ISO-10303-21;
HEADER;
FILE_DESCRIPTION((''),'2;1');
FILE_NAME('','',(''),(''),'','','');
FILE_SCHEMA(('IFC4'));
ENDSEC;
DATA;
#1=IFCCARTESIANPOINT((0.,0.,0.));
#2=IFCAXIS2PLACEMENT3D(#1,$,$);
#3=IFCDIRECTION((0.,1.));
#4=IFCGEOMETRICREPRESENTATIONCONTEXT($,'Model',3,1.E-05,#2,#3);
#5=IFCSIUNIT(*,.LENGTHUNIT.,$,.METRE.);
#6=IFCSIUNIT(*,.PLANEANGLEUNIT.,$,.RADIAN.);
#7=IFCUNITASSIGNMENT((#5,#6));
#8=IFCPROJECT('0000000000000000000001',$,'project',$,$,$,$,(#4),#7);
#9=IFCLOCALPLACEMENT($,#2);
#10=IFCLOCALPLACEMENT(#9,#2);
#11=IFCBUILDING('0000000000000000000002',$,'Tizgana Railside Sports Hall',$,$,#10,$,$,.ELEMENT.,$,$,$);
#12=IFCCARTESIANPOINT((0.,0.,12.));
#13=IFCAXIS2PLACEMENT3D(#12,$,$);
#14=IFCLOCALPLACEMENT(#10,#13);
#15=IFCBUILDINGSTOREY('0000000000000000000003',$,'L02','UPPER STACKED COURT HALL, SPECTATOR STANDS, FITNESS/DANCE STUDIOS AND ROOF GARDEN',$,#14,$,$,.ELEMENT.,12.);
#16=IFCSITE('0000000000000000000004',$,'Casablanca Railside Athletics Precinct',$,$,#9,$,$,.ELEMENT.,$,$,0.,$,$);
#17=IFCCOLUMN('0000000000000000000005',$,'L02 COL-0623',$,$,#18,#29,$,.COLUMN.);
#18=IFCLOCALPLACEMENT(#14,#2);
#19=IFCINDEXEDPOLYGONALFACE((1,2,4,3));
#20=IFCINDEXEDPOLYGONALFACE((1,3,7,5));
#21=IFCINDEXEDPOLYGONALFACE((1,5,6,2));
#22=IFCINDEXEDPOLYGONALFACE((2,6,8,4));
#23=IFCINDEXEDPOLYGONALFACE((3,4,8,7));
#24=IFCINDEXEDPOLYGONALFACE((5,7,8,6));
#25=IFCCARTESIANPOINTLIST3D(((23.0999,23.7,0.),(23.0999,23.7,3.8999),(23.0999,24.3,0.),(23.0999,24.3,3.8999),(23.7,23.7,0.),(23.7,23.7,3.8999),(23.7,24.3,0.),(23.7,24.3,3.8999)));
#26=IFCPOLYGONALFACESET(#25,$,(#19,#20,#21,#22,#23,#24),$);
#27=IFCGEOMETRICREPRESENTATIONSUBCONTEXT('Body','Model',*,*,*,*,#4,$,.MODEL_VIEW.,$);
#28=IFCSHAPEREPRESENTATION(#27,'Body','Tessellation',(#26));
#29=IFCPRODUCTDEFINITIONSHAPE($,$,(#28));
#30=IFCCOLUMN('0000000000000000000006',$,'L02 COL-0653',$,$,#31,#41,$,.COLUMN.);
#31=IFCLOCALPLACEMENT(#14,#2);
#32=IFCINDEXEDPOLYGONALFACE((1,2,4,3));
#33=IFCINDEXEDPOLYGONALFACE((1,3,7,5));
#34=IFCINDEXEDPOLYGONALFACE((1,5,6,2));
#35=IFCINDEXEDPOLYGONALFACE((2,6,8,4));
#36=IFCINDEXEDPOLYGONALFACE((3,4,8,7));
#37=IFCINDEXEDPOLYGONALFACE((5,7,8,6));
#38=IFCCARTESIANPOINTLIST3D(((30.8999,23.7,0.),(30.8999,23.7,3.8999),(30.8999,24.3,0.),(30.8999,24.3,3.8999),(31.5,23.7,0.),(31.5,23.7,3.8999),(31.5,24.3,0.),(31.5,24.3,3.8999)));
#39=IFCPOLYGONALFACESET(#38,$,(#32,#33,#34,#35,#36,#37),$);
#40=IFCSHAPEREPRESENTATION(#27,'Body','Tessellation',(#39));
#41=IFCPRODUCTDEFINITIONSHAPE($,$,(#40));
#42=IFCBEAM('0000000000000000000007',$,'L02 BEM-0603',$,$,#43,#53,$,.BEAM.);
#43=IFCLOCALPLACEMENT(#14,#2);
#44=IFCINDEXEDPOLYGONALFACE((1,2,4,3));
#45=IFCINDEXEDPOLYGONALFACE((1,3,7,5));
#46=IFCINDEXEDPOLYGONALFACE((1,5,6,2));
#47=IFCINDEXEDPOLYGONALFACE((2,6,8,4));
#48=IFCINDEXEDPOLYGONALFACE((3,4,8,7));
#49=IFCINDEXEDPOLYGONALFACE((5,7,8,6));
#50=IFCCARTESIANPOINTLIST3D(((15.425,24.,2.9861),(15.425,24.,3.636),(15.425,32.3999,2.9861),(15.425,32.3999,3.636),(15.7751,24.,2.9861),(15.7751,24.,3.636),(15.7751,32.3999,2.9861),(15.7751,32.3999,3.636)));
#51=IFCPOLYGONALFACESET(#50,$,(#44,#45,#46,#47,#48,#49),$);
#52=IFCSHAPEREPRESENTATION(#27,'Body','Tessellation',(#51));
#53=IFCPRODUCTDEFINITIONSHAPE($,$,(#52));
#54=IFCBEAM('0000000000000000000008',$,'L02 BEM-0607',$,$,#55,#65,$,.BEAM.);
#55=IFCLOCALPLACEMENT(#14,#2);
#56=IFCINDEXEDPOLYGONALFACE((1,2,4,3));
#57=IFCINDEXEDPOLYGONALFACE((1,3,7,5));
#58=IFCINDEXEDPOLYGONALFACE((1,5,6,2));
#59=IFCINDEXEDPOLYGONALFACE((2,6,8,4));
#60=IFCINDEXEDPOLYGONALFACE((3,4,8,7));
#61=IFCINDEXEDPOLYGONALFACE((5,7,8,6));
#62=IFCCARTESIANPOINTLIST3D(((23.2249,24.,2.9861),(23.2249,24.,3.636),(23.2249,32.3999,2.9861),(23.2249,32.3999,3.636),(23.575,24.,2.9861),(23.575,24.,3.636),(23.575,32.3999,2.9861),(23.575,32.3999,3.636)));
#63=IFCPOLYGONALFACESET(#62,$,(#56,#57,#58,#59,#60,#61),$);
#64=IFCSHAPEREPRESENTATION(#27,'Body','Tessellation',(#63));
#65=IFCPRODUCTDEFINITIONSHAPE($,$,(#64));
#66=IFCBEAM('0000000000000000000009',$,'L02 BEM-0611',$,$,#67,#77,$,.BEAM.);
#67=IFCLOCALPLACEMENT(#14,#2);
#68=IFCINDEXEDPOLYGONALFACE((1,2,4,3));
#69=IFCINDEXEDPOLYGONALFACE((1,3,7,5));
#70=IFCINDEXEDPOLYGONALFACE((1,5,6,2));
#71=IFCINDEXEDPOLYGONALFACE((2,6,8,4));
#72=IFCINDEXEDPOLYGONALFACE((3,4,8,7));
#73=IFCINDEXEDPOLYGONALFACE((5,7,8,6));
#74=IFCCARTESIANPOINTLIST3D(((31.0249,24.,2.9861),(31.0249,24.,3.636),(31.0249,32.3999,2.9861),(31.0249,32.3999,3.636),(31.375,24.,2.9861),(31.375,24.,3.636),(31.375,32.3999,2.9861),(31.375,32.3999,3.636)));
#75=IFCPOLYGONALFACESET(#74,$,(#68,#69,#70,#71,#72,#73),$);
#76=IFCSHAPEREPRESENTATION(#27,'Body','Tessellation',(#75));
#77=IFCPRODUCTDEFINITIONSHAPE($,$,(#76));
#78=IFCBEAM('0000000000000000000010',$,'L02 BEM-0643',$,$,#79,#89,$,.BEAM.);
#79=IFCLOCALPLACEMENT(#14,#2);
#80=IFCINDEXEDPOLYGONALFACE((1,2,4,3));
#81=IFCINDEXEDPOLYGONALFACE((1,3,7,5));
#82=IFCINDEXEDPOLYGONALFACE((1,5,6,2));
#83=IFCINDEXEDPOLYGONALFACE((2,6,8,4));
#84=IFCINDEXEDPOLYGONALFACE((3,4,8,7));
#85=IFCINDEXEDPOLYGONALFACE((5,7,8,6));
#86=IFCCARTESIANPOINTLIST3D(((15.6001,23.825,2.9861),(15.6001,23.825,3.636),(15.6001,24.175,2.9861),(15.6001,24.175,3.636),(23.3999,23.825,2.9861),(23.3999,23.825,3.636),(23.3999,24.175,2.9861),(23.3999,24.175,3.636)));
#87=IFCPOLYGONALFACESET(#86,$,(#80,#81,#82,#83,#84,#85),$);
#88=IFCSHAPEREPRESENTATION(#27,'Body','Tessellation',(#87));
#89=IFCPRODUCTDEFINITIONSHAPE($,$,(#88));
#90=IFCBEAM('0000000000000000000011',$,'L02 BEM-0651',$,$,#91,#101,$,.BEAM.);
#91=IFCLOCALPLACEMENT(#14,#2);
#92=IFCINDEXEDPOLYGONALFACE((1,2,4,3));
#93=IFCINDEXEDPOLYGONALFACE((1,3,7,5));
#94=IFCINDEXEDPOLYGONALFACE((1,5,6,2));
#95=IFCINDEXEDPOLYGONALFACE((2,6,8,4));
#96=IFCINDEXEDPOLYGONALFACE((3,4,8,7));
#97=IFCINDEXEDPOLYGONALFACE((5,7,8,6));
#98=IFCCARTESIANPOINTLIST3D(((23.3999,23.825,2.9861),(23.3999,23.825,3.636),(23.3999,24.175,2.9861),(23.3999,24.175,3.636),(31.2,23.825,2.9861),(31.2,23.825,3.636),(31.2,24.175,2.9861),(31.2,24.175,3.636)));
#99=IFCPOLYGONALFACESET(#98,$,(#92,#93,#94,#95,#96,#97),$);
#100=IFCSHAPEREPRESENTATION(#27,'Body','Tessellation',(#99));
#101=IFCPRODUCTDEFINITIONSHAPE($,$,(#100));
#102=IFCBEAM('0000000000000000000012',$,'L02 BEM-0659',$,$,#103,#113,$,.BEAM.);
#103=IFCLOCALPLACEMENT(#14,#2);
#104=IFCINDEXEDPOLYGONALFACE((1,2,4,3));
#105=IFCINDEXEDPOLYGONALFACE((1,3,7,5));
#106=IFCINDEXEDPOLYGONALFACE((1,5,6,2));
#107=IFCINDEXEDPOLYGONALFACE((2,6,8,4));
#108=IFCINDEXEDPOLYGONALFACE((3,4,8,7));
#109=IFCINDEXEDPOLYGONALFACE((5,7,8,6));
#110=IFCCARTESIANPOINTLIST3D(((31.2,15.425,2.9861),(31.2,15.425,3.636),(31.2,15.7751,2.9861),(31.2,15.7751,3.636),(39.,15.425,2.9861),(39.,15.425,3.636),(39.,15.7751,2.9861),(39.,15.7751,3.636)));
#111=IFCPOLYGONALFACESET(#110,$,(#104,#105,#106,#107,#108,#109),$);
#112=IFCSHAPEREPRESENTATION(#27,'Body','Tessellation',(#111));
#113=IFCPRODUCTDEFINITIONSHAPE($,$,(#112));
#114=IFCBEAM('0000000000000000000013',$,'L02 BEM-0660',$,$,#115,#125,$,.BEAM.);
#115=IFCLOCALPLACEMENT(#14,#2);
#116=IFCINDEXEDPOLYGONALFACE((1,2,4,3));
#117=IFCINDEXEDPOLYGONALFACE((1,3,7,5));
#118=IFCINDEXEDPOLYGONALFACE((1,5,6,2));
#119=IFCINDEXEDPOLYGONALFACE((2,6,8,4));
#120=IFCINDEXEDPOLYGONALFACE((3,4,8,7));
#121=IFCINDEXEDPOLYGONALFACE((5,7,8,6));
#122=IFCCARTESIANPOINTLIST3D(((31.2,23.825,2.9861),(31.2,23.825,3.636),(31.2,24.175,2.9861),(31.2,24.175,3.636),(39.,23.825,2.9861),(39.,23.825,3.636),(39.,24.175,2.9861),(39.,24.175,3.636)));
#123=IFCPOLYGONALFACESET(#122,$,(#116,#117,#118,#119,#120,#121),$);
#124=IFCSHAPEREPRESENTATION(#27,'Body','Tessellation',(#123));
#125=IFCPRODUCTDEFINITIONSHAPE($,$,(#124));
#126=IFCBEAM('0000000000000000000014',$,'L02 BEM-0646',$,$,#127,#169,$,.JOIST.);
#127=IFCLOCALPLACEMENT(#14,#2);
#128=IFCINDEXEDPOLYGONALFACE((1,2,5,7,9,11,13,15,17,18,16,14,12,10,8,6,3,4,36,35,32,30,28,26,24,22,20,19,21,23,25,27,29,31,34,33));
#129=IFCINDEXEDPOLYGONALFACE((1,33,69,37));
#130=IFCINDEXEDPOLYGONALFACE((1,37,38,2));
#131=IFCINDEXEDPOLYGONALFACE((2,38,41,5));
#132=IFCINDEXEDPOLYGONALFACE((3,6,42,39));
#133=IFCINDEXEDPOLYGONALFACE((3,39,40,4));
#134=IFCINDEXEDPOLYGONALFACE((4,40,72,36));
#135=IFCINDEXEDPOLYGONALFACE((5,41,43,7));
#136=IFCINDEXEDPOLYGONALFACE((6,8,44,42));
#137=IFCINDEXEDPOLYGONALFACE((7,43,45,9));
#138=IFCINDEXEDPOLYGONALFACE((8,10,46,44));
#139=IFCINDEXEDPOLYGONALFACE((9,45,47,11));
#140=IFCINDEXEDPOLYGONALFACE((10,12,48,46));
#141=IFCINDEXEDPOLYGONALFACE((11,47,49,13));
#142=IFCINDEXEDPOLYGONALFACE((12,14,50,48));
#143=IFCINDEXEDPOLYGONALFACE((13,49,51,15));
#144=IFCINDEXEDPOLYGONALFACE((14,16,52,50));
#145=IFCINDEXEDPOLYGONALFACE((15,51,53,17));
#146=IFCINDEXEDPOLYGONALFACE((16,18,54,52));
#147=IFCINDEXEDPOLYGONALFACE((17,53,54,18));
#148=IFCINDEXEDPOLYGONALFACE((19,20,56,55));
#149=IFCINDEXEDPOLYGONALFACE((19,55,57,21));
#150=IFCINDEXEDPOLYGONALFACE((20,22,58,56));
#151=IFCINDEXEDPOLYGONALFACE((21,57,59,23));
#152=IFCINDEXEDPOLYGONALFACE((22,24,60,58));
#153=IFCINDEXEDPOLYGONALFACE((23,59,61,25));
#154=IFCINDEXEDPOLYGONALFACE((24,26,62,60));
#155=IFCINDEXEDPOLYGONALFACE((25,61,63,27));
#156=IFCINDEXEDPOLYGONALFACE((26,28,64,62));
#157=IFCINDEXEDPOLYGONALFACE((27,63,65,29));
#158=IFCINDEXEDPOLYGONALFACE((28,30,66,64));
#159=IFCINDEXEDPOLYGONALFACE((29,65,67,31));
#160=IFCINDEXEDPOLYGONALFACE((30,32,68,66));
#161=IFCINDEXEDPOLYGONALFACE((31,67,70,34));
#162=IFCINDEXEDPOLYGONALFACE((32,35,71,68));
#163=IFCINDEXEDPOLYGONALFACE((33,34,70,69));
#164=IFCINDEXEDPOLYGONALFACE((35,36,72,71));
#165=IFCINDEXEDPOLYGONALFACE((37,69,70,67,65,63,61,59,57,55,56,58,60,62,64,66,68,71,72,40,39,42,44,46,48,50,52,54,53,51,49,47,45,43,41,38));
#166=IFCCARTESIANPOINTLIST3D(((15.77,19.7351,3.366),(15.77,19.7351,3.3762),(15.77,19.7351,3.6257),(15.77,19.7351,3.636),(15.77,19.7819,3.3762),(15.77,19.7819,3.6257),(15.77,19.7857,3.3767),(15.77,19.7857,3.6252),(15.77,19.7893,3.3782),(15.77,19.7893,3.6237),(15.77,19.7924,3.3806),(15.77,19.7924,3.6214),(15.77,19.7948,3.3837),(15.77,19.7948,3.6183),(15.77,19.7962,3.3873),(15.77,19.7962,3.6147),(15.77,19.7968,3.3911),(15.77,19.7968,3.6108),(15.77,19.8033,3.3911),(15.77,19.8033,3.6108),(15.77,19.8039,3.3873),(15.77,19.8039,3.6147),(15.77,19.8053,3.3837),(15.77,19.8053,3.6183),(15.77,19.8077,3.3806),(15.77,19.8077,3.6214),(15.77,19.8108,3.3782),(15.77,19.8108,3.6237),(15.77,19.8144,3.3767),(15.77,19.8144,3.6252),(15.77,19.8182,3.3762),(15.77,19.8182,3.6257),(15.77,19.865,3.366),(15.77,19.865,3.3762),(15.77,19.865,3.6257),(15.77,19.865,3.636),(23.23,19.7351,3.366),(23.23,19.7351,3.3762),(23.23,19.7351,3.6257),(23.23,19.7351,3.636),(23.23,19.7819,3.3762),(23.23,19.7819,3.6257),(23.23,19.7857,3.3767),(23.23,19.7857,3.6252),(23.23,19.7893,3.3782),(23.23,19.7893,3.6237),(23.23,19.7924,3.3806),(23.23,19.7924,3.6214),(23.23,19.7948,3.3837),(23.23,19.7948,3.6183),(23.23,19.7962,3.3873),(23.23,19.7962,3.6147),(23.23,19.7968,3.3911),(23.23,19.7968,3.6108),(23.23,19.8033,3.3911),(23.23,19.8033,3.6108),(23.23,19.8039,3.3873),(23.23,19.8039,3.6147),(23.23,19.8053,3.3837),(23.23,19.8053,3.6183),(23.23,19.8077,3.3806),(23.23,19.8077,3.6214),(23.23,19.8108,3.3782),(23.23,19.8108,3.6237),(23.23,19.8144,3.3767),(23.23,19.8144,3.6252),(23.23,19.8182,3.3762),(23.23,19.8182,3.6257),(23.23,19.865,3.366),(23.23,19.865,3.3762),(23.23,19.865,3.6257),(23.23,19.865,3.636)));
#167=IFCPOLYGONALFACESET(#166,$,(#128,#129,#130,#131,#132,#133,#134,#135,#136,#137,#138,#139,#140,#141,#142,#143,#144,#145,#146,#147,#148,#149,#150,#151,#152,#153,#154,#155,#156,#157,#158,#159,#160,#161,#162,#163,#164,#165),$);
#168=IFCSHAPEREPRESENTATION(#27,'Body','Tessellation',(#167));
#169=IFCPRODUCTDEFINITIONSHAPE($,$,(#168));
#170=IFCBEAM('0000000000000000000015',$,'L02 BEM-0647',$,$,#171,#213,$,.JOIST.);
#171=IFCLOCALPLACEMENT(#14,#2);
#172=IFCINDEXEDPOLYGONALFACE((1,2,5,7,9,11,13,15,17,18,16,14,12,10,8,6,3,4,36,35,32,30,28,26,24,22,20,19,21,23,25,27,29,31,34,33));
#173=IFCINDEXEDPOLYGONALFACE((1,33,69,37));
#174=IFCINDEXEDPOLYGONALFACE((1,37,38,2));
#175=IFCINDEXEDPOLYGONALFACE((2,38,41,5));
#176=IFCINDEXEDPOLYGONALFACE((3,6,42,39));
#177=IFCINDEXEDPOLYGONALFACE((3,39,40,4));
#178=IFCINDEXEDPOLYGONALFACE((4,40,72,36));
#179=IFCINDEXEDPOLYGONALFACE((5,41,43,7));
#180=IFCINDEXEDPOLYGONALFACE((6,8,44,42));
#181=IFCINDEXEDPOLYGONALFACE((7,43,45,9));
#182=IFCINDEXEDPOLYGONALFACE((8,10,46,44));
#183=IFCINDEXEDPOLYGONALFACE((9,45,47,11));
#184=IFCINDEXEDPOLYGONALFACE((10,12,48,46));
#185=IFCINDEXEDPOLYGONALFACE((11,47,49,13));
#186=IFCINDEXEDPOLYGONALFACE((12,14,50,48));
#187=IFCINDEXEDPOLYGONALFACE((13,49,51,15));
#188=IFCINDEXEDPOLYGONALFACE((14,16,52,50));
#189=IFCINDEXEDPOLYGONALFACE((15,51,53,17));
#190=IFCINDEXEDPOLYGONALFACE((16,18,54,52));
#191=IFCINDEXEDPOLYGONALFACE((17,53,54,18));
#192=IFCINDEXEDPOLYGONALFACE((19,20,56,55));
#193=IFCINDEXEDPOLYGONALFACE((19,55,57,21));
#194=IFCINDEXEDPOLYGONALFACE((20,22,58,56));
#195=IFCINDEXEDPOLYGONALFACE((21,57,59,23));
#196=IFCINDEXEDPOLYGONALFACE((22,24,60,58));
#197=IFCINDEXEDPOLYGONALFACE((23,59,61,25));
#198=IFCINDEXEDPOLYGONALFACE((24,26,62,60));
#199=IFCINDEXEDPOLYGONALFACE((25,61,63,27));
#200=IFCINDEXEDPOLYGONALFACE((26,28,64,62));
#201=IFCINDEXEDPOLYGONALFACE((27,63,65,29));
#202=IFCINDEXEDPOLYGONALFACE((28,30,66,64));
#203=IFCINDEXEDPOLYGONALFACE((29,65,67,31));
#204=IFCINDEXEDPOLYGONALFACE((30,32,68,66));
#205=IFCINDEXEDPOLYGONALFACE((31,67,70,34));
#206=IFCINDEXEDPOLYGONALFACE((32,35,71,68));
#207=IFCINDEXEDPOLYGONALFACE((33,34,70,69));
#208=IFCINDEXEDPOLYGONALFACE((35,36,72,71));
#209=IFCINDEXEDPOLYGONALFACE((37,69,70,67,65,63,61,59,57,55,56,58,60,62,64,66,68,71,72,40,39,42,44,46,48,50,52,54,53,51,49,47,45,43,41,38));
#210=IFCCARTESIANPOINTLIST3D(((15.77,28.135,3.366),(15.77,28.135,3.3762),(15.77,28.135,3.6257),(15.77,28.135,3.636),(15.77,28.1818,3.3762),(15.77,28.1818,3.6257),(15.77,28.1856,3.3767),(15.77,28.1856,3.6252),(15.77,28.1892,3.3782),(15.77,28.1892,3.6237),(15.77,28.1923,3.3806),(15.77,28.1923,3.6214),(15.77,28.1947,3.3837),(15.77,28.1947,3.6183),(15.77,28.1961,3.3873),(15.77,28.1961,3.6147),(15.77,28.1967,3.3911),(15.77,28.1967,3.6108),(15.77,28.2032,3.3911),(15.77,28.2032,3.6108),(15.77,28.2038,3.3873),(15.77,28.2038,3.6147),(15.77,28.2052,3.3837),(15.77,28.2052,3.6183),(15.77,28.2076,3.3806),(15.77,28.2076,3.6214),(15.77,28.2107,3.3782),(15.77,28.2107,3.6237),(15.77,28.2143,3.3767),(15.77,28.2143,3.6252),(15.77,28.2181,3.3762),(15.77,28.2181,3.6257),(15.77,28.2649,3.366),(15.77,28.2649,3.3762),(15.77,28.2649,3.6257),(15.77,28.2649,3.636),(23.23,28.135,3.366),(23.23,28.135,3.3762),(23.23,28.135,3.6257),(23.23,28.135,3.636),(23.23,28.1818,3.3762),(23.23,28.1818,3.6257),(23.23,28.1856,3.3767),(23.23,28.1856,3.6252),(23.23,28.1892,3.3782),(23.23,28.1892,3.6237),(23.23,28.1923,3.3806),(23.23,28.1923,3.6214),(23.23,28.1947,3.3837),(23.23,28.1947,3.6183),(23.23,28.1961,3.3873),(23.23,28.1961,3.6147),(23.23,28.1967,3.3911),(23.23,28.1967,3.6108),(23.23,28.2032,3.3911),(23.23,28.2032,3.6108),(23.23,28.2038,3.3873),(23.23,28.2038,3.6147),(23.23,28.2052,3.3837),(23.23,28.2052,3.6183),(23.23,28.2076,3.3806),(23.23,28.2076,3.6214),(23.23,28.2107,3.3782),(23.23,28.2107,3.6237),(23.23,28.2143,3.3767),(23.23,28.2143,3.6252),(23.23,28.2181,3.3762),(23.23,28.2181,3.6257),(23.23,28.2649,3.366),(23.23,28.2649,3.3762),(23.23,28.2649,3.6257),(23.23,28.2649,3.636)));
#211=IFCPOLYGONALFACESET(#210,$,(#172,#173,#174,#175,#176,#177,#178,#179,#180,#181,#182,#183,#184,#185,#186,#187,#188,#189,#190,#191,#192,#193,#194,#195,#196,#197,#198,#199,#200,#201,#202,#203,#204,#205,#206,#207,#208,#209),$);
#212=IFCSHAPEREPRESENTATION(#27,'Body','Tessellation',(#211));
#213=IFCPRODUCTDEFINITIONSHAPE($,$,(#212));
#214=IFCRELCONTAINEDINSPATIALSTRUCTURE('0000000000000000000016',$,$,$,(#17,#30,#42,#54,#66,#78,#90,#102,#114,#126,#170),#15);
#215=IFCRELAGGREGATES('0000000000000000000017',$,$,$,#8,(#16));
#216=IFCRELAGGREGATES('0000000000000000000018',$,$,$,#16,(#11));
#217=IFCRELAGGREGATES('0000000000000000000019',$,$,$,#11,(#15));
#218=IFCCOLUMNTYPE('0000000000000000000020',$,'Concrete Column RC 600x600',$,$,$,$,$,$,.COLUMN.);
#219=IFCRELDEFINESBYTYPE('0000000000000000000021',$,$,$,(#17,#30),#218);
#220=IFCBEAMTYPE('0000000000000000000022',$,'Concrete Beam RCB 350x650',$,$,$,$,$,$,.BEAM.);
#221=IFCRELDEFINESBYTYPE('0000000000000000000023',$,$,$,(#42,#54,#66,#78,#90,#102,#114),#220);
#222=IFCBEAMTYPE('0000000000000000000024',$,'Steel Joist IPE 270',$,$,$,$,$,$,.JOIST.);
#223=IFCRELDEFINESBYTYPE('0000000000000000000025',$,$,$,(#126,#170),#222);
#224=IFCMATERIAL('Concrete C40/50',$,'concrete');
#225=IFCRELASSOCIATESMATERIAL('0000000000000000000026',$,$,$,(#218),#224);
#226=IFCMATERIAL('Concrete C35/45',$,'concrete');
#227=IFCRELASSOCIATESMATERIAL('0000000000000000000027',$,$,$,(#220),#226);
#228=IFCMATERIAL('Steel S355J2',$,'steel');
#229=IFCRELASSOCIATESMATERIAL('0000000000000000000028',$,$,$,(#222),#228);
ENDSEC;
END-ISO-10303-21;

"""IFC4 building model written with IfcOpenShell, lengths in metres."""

from ifc_helpers import new_model, si_unit, direction, frame, origin, origin_2d, place, context, subcontext, project, spatial, rectangle, i_section, extrude, material, material_profile, profile_set, type_object, element, save


model = new_model("IFC4")

# Units and contexts
model_context = context("Model", 3, precision=1e-05, world=origin(), true_north=direction((0.0, 1.0)))
body_context = subcontext(model_context, "Body", "Model", "MODEL_VIEW")
ifc_project = project(units=[si_unit("LENGTHUNIT", "METRE"), si_unit("PLANEANGLEUNIT", "RADIAN")], contexts=[model_context])

# Site, building, storey
site_placement = place(None, origin())
site = spatial("IfcSite", under=ifc_project, at=site_placement, Name="Casablanca Railside Athletics Precinct", CompositionType="ELEMENT", RefElevation=0.0)
building_placement = place(site_placement, origin())
building = spatial("IfcBuilding", under=site, at=building_placement, Name="Tizgana Railside Sports Hall", CompositionType="ELEMENT")
storey_placement = place(building_placement, frame((0.0, 0.0, 12.0)))
storey = spatial("IfcBuildingStorey", under=building, at=storey_placement, Name="L02", Description="UPPER STACKED COURT HALL, SPECTATOR STANDS, FITNESS/DANCE STUDIOS AND ROOF GARDEN", CompositionType="ELEMENT", Elevation=12.0)

# Columns
ifc_material_1 = material(Name="Concrete C40/50", Category="concrete")
ifc_material_profile_1 = material_profile(ifc_material_1, rectangle(XDim=0.6001, YDim=0.6001, at=origin_2d()), Name="RC 600x600")
ifc_profile_set_1 = profile_set([ifc_material_profile_1], Name="Concrete C40/50")
column_type = type_object("IfcColumnType", Name="Concrete Column RC 600x600", PredefinedType="COLUMN", material=ifc_profile_set_1)
for number, where, z_axis, x_axis, name in (
    (1, (23.3999, 24.0, 0.0), (0.0, 0.0, 1.0), (1.0, 0.0, 0.0), "L02 COL-0623"),
    (2, (31.2, 24.0, 0.0), (0.0, 0.0, 1.0), (1.0, 0.0, 0.0), "L02 COL-0653"),
):
    element("IfcColumn", number, at=place(storey_placement, frame(where, z_axis=z_axis, x_axis=x_axis)), inside=storey, type_object=column_type, Name=name, PredefinedType="COLUMN", context=body_context, shape_type="SweptSolid", body=[
        extrude(rectangle(XDim=0.6001, YDim=0.6001, at=origin_2d()), origin(), (0.0, 0.0, 1.0), 3.8999),
    ])

# Beams
ifc_material_2 = material(Name="Concrete C35/45", Category="concrete")
ifc_material_profile_2 = material_profile(ifc_material_2, rectangle(XDim=0.3501, YDim=0.6499, at=origin_2d()), Name="RCB 350x650")
ifc_profile_set_2 = profile_set([ifc_material_profile_2], Name="Concrete C35/45")
beam_type_1 = type_object("IfcBeamType", Name="Concrete Beam RCB 350x650", PredefinedType="BEAM", material=ifc_profile_set_2)
for number, where, z_axis, x_axis, name in (
    (3, (15.6001, 24.0, 3.311), (0.0, 1.0, 0.0), (-1.0, 0.0, 0.0), "L02 BEM-0603"),
    (4, (23.3999, 24.0, 3.311), (0.0, 1.0, 0.0), (-1.0, 0.0, 0.0), "L02 BEM-0607"),
    (5, (31.2, 24.0, 3.311), (0.0, 1.0, 0.0), (-1.0, 0.0, 0.0), "L02 BEM-0611"),
):
    element("IfcBeam", number, at=place(storey_placement, frame(where, z_axis=z_axis, x_axis=x_axis)), inside=storey, type_object=beam_type_1, Name=name, PredefinedType="BEAM", context=body_context, shape_type="SweptSolid", body=[
        extrude(rectangle(XDim=0.3501, YDim=0.6499, at=origin_2d()), origin(), (0.0, 0.0, 1.0), 8.3999),
    ])
beam_placement = place(storey_placement, frame((15.6001, 24.0, 3.311), z_axis=(1.0, 0.0, 0.0), x_axis=(0.0, 1.0, 0.0)))
element("IfcBeam", 6, at=beam_placement, inside=storey, type_object=beam_type_1, Name="L02 BEM-0643", PredefinedType="BEAM", context=body_context, shape_type="SweptSolid", body=[
    extrude(rectangle(XDim=0.3501, YDim=0.6499, at=origin_2d()), origin(), (0.0, 0.0, 1.0), 7.7998),
])
for number, where, z_axis, x_axis, name in (
    (7, (23.3999, 24.0, 3.311), (1.0, 0.0, 0.0), (0.0, 1.0, 0.0), "L02 BEM-0651"),
    (8, (31.2, 15.6001, 3.311), (1.0, 0.0, 0.0), (0.0, 1.0, 0.0), "L02 BEM-0659"),
    (9, (31.2, 24.0, 3.311), (1.0, 0.0, 0.0), (0.0, 1.0, 0.0), "L02 BEM-0660"),
):
    element("IfcBeam", number, at=place(storey_placement, frame(where, z_axis=z_axis, x_axis=x_axis)), inside=storey, type_object=beam_type_1, Name=name, PredefinedType="BEAM", context=body_context, shape_type="SweptSolid", body=[
        extrude(rectangle(XDim=0.3501, YDim=0.6499, at=origin_2d()), origin(), (0.0, 0.0, 1.0), 7.8),
    ])
ifc_material_3 = material(Name="Steel S355J2", Category="steel")
ifc_material_profile_3 = material_profile(ifc_material_3, i_section(OverallWidth=0.1299, OverallDepth=0.27, WebThickness=0.0066, FlangeThickness=0.0103, FilletRadius=0.0149, at=origin_2d()), Name="IPE 270")
ifc_profile_set_3 = profile_set([ifc_material_profile_3], Name="Steel S355J2")
beam_type_2 = type_object("IfcBeamType", Name="Steel Joist IPE 270", PredefinedType="JOIST", material=ifc_profile_set_3)
for number, where, z_axis, x_axis, name in (
    (10, (15.77, 19.8, 3.501), (1.0, 0.0, 0.0), (0.0, 1.0, 0.0), "L02 BEM-0646"),
    (11, (15.77, 28.2, 3.501), (1.0, 0.0, 0.0), (0.0, 1.0, 0.0), "L02 BEM-0647"),
):
    element("IfcBeam", number, at=place(storey_placement, frame(where, z_axis=z_axis, x_axis=x_axis)), inside=storey, type_object=beam_type_2, Name=name, PredefinedType="JOIST", context=body_context, shape_type="SweptSolid", body=[
        extrude(i_section(OverallWidth=0.1299, OverallDepth=0.27, WebThickness=0.0066, FlangeThickness=0.0103, FilletRadius=0.0149, at=origin_2d()), origin(), (0.0, 0.0, 1.0), 7.46),
    ])

save(model, "model.ifc")
